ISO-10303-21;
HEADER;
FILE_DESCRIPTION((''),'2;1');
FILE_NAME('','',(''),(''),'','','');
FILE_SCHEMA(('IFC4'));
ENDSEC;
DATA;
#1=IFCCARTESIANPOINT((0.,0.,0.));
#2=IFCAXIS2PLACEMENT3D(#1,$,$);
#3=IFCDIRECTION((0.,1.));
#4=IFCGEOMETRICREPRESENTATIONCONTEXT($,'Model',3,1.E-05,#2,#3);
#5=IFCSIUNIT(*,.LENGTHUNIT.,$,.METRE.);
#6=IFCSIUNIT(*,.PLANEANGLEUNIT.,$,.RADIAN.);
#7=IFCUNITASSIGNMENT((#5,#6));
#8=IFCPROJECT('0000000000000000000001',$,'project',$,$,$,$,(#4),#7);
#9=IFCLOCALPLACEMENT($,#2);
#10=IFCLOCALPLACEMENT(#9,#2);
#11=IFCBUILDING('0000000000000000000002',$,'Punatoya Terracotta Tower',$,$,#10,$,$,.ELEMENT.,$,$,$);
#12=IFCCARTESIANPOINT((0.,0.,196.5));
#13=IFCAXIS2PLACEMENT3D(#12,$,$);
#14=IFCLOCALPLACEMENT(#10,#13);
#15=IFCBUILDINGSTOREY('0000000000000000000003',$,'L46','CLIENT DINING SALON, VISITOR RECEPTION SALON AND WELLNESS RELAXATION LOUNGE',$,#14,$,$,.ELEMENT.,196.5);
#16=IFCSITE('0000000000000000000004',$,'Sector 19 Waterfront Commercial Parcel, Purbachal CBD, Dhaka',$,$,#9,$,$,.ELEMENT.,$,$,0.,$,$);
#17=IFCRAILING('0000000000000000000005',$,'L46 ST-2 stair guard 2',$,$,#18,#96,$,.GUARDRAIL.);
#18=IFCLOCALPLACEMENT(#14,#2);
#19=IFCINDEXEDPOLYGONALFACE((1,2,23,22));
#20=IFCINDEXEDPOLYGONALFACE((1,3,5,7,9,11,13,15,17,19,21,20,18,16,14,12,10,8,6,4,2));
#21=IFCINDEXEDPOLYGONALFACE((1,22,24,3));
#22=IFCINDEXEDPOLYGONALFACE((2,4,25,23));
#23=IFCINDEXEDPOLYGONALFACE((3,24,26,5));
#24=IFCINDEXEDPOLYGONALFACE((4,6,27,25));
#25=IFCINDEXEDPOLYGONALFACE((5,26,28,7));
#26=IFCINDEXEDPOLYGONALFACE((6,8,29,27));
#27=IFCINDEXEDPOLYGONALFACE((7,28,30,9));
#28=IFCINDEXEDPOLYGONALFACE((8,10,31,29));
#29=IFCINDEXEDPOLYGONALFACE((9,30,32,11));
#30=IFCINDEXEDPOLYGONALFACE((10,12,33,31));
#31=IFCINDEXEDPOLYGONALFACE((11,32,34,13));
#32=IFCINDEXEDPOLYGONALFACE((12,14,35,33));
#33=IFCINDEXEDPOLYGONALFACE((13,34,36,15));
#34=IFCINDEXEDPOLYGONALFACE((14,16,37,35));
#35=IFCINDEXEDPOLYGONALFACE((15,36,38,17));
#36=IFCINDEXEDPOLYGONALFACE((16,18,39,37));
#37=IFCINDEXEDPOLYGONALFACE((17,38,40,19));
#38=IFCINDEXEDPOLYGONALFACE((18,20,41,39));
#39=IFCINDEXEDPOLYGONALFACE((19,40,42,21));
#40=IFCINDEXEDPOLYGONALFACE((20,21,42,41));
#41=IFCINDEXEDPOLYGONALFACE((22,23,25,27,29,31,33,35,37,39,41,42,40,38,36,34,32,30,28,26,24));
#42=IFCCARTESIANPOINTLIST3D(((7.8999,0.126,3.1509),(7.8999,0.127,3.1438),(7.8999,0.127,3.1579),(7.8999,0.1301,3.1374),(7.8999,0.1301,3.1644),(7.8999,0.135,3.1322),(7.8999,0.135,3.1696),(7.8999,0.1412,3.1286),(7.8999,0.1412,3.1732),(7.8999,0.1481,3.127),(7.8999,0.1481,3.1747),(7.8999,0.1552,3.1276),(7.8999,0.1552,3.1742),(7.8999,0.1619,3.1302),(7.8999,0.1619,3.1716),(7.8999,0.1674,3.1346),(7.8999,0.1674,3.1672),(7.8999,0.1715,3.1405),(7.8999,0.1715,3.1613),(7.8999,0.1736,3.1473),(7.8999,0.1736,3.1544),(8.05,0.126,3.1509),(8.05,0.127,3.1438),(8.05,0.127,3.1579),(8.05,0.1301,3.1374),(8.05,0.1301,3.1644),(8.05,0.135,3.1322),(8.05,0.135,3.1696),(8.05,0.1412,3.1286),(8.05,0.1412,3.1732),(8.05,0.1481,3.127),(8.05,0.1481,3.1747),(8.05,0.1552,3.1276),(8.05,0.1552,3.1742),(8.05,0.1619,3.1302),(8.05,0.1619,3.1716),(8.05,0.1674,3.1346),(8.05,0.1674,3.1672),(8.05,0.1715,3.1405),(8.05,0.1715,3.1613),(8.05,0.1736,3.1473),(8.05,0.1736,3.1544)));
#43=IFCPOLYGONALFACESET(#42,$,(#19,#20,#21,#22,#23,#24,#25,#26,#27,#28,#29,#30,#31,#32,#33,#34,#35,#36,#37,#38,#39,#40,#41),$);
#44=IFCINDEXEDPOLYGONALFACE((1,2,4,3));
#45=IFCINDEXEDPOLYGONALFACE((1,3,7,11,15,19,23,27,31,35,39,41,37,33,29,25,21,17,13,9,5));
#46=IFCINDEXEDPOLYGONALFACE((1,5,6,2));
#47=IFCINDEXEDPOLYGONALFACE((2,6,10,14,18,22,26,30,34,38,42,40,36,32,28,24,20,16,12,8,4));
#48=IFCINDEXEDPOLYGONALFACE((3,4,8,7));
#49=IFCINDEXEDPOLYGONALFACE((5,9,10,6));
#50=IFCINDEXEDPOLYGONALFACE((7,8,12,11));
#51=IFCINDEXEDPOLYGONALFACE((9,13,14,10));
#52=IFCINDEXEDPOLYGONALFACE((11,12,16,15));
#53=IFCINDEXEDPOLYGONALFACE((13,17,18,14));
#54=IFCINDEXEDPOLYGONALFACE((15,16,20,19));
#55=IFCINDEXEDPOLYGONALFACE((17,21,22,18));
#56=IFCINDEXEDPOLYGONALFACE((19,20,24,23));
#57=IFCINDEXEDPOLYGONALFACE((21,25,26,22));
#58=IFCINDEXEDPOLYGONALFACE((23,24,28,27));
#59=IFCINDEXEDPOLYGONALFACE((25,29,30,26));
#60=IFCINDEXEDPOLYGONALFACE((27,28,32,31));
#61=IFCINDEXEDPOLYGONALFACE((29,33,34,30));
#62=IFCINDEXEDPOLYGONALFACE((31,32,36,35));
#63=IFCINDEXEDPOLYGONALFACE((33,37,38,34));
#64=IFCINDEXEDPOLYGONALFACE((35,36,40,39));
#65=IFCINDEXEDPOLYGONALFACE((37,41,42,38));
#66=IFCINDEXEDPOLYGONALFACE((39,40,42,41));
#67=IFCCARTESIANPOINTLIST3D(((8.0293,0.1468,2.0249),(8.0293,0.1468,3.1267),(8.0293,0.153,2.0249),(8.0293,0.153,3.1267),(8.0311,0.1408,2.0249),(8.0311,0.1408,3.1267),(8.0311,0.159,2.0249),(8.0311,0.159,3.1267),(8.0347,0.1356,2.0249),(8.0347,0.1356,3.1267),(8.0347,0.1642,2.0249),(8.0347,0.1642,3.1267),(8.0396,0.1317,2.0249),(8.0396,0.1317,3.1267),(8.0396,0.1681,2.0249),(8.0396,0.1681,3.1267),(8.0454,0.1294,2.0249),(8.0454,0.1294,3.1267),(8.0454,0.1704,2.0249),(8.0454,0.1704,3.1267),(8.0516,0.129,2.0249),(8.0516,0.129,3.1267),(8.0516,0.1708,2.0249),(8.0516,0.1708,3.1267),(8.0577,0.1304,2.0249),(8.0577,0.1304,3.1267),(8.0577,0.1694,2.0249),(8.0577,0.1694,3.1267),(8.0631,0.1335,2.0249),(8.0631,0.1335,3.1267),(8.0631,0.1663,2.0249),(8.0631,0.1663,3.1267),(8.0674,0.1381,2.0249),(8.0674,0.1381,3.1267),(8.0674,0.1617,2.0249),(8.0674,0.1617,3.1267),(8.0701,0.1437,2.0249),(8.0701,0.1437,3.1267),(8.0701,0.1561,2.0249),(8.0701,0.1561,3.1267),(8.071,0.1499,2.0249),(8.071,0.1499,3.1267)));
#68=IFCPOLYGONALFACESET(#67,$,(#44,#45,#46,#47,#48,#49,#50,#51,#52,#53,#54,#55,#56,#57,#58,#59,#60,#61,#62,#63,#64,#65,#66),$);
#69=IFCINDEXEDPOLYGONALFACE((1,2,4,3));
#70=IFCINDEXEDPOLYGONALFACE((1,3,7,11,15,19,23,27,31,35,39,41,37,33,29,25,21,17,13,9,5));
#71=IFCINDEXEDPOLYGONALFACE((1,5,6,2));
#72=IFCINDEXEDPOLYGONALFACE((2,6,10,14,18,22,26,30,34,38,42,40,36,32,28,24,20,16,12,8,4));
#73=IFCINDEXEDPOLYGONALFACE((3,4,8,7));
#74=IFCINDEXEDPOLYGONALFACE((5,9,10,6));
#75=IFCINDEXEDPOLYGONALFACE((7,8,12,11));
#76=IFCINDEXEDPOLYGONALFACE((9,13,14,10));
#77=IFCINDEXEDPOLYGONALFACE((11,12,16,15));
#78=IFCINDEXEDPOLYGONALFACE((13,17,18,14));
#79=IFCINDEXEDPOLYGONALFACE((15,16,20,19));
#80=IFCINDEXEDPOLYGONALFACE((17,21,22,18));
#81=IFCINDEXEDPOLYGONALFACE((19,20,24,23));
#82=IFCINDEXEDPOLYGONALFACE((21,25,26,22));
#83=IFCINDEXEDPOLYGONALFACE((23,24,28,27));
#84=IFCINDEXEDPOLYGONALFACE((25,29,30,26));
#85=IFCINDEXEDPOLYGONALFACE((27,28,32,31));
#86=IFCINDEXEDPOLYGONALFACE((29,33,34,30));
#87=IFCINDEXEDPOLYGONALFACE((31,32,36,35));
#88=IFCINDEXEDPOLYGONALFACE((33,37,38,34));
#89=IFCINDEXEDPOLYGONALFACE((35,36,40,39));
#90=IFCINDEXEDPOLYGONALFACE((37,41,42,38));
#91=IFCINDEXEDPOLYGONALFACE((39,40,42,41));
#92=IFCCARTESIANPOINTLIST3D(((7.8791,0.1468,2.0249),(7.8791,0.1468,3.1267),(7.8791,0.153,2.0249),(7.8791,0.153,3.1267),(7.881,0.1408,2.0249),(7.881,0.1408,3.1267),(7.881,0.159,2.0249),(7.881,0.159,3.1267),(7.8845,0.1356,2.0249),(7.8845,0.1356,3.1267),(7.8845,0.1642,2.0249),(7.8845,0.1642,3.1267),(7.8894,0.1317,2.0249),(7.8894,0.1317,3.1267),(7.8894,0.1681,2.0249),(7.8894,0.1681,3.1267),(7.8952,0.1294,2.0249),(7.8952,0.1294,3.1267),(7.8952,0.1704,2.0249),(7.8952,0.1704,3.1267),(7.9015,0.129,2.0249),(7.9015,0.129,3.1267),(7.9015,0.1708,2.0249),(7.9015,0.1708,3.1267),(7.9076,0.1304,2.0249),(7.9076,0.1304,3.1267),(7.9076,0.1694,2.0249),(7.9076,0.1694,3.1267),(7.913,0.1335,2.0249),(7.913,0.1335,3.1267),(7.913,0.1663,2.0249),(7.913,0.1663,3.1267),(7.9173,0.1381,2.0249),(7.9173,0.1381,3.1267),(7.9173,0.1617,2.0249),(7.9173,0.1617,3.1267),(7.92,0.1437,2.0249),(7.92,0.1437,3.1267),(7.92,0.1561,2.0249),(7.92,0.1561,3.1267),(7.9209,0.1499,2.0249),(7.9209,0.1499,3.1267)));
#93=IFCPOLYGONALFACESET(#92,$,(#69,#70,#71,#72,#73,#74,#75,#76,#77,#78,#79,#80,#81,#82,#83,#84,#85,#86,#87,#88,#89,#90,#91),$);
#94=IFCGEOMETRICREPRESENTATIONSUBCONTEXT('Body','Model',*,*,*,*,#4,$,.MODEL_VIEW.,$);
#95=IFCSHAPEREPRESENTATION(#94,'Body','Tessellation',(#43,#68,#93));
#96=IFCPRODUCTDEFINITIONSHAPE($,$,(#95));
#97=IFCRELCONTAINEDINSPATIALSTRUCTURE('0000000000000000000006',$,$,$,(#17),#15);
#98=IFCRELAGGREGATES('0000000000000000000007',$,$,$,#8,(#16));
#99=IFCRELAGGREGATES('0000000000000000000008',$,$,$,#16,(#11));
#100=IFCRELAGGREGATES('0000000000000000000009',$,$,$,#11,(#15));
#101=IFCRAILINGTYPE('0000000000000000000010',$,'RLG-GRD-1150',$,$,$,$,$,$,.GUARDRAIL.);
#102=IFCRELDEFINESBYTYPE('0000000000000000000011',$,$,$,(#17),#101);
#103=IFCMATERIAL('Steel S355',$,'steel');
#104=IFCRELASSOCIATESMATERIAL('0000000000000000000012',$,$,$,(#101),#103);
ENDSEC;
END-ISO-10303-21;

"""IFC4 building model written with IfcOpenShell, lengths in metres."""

from ifc_helpers import new_model, si_unit, direction, frame, origin, origin_2d, place, context, subcontext, project, spatial, circle, extrude, material, type_object, element, save


model = new_model("IFC4")

# Units and contexts
model_context = context("Model", 3, precision=1e-05, world=origin(), true_north=direction((0.0, 1.0)))
body_context = subcontext(model_context, "Body", "Model", "MODEL_VIEW")
ifc_project = project(units=[si_unit("LENGTHUNIT", "METRE"), si_unit("PLANEANGLEUNIT", "RADIAN")], contexts=[model_context])

# Site, building, storey
site_placement = place(None, origin())
site = spatial("IfcSite", under=ifc_project, at=site_placement, Name="Sector 19 Waterfront Commercial Parcel, Purbachal CBD, Dhaka", CompositionType="ELEMENT", RefElevation=0.0)
building_placement = place(site_placement, origin())
building = spatial("IfcBuilding", under=site, at=building_placement, Name="Punatoya Terracotta Tower", CompositionType="ELEMENT")
storey_placement = place(building_placement, frame((0.0, 0.0, 196.5)))
storey = spatial("IfcBuildingStorey", under=building, at=storey_placement, Name="L46", Description="CLIENT DINING SALON, VISITOR RECEPTION SALON AND WELLNESS RELAXATION LOUNGE", CompositionType="ELEMENT", Elevation=196.5)

# Shared definitions
ifc_material_1 = material(Name="Steel S355", Category="steel")

# Railing
railing_type_1 = type_object("IfcRailingType", Name="RLG-GRD-1150", PredefinedType="GUARDRAIL", material=ifc_material_1)
railing_1_placement = place(storey_placement, frame((8.05, 0.1499, 2.0249)))
element("IfcRailing", 1, at=railing_1_placement, inside=storey, type_object=railing_type_1, Name="L46 ST-2 stair guard 2", PredefinedType="GUARDRAIL", context=body_context, shape_type="SweptSolid", body=[
    extrude(circle(Radius=0.0239, at=origin_2d()), frame((0.0, 0.0, 1.126), z_axis=(-1.0, 0.0, 0.0), x_axis=(0.0, -1.0, 0.0)), (0.0, 0.0, 1.0), 0.1501),
    extrude(circle(Radius=0.021, at=origin_2d()), origin(), (0.0, 0.0, 1.0), 1.1018),
    extrude(circle(Radius=0.021, at=origin_2d()), frame((-0.1501, 0.0, 0.0)), (0.0, 0.0, 1.0), 1.1018),
])

save(model, "model.ifc")
